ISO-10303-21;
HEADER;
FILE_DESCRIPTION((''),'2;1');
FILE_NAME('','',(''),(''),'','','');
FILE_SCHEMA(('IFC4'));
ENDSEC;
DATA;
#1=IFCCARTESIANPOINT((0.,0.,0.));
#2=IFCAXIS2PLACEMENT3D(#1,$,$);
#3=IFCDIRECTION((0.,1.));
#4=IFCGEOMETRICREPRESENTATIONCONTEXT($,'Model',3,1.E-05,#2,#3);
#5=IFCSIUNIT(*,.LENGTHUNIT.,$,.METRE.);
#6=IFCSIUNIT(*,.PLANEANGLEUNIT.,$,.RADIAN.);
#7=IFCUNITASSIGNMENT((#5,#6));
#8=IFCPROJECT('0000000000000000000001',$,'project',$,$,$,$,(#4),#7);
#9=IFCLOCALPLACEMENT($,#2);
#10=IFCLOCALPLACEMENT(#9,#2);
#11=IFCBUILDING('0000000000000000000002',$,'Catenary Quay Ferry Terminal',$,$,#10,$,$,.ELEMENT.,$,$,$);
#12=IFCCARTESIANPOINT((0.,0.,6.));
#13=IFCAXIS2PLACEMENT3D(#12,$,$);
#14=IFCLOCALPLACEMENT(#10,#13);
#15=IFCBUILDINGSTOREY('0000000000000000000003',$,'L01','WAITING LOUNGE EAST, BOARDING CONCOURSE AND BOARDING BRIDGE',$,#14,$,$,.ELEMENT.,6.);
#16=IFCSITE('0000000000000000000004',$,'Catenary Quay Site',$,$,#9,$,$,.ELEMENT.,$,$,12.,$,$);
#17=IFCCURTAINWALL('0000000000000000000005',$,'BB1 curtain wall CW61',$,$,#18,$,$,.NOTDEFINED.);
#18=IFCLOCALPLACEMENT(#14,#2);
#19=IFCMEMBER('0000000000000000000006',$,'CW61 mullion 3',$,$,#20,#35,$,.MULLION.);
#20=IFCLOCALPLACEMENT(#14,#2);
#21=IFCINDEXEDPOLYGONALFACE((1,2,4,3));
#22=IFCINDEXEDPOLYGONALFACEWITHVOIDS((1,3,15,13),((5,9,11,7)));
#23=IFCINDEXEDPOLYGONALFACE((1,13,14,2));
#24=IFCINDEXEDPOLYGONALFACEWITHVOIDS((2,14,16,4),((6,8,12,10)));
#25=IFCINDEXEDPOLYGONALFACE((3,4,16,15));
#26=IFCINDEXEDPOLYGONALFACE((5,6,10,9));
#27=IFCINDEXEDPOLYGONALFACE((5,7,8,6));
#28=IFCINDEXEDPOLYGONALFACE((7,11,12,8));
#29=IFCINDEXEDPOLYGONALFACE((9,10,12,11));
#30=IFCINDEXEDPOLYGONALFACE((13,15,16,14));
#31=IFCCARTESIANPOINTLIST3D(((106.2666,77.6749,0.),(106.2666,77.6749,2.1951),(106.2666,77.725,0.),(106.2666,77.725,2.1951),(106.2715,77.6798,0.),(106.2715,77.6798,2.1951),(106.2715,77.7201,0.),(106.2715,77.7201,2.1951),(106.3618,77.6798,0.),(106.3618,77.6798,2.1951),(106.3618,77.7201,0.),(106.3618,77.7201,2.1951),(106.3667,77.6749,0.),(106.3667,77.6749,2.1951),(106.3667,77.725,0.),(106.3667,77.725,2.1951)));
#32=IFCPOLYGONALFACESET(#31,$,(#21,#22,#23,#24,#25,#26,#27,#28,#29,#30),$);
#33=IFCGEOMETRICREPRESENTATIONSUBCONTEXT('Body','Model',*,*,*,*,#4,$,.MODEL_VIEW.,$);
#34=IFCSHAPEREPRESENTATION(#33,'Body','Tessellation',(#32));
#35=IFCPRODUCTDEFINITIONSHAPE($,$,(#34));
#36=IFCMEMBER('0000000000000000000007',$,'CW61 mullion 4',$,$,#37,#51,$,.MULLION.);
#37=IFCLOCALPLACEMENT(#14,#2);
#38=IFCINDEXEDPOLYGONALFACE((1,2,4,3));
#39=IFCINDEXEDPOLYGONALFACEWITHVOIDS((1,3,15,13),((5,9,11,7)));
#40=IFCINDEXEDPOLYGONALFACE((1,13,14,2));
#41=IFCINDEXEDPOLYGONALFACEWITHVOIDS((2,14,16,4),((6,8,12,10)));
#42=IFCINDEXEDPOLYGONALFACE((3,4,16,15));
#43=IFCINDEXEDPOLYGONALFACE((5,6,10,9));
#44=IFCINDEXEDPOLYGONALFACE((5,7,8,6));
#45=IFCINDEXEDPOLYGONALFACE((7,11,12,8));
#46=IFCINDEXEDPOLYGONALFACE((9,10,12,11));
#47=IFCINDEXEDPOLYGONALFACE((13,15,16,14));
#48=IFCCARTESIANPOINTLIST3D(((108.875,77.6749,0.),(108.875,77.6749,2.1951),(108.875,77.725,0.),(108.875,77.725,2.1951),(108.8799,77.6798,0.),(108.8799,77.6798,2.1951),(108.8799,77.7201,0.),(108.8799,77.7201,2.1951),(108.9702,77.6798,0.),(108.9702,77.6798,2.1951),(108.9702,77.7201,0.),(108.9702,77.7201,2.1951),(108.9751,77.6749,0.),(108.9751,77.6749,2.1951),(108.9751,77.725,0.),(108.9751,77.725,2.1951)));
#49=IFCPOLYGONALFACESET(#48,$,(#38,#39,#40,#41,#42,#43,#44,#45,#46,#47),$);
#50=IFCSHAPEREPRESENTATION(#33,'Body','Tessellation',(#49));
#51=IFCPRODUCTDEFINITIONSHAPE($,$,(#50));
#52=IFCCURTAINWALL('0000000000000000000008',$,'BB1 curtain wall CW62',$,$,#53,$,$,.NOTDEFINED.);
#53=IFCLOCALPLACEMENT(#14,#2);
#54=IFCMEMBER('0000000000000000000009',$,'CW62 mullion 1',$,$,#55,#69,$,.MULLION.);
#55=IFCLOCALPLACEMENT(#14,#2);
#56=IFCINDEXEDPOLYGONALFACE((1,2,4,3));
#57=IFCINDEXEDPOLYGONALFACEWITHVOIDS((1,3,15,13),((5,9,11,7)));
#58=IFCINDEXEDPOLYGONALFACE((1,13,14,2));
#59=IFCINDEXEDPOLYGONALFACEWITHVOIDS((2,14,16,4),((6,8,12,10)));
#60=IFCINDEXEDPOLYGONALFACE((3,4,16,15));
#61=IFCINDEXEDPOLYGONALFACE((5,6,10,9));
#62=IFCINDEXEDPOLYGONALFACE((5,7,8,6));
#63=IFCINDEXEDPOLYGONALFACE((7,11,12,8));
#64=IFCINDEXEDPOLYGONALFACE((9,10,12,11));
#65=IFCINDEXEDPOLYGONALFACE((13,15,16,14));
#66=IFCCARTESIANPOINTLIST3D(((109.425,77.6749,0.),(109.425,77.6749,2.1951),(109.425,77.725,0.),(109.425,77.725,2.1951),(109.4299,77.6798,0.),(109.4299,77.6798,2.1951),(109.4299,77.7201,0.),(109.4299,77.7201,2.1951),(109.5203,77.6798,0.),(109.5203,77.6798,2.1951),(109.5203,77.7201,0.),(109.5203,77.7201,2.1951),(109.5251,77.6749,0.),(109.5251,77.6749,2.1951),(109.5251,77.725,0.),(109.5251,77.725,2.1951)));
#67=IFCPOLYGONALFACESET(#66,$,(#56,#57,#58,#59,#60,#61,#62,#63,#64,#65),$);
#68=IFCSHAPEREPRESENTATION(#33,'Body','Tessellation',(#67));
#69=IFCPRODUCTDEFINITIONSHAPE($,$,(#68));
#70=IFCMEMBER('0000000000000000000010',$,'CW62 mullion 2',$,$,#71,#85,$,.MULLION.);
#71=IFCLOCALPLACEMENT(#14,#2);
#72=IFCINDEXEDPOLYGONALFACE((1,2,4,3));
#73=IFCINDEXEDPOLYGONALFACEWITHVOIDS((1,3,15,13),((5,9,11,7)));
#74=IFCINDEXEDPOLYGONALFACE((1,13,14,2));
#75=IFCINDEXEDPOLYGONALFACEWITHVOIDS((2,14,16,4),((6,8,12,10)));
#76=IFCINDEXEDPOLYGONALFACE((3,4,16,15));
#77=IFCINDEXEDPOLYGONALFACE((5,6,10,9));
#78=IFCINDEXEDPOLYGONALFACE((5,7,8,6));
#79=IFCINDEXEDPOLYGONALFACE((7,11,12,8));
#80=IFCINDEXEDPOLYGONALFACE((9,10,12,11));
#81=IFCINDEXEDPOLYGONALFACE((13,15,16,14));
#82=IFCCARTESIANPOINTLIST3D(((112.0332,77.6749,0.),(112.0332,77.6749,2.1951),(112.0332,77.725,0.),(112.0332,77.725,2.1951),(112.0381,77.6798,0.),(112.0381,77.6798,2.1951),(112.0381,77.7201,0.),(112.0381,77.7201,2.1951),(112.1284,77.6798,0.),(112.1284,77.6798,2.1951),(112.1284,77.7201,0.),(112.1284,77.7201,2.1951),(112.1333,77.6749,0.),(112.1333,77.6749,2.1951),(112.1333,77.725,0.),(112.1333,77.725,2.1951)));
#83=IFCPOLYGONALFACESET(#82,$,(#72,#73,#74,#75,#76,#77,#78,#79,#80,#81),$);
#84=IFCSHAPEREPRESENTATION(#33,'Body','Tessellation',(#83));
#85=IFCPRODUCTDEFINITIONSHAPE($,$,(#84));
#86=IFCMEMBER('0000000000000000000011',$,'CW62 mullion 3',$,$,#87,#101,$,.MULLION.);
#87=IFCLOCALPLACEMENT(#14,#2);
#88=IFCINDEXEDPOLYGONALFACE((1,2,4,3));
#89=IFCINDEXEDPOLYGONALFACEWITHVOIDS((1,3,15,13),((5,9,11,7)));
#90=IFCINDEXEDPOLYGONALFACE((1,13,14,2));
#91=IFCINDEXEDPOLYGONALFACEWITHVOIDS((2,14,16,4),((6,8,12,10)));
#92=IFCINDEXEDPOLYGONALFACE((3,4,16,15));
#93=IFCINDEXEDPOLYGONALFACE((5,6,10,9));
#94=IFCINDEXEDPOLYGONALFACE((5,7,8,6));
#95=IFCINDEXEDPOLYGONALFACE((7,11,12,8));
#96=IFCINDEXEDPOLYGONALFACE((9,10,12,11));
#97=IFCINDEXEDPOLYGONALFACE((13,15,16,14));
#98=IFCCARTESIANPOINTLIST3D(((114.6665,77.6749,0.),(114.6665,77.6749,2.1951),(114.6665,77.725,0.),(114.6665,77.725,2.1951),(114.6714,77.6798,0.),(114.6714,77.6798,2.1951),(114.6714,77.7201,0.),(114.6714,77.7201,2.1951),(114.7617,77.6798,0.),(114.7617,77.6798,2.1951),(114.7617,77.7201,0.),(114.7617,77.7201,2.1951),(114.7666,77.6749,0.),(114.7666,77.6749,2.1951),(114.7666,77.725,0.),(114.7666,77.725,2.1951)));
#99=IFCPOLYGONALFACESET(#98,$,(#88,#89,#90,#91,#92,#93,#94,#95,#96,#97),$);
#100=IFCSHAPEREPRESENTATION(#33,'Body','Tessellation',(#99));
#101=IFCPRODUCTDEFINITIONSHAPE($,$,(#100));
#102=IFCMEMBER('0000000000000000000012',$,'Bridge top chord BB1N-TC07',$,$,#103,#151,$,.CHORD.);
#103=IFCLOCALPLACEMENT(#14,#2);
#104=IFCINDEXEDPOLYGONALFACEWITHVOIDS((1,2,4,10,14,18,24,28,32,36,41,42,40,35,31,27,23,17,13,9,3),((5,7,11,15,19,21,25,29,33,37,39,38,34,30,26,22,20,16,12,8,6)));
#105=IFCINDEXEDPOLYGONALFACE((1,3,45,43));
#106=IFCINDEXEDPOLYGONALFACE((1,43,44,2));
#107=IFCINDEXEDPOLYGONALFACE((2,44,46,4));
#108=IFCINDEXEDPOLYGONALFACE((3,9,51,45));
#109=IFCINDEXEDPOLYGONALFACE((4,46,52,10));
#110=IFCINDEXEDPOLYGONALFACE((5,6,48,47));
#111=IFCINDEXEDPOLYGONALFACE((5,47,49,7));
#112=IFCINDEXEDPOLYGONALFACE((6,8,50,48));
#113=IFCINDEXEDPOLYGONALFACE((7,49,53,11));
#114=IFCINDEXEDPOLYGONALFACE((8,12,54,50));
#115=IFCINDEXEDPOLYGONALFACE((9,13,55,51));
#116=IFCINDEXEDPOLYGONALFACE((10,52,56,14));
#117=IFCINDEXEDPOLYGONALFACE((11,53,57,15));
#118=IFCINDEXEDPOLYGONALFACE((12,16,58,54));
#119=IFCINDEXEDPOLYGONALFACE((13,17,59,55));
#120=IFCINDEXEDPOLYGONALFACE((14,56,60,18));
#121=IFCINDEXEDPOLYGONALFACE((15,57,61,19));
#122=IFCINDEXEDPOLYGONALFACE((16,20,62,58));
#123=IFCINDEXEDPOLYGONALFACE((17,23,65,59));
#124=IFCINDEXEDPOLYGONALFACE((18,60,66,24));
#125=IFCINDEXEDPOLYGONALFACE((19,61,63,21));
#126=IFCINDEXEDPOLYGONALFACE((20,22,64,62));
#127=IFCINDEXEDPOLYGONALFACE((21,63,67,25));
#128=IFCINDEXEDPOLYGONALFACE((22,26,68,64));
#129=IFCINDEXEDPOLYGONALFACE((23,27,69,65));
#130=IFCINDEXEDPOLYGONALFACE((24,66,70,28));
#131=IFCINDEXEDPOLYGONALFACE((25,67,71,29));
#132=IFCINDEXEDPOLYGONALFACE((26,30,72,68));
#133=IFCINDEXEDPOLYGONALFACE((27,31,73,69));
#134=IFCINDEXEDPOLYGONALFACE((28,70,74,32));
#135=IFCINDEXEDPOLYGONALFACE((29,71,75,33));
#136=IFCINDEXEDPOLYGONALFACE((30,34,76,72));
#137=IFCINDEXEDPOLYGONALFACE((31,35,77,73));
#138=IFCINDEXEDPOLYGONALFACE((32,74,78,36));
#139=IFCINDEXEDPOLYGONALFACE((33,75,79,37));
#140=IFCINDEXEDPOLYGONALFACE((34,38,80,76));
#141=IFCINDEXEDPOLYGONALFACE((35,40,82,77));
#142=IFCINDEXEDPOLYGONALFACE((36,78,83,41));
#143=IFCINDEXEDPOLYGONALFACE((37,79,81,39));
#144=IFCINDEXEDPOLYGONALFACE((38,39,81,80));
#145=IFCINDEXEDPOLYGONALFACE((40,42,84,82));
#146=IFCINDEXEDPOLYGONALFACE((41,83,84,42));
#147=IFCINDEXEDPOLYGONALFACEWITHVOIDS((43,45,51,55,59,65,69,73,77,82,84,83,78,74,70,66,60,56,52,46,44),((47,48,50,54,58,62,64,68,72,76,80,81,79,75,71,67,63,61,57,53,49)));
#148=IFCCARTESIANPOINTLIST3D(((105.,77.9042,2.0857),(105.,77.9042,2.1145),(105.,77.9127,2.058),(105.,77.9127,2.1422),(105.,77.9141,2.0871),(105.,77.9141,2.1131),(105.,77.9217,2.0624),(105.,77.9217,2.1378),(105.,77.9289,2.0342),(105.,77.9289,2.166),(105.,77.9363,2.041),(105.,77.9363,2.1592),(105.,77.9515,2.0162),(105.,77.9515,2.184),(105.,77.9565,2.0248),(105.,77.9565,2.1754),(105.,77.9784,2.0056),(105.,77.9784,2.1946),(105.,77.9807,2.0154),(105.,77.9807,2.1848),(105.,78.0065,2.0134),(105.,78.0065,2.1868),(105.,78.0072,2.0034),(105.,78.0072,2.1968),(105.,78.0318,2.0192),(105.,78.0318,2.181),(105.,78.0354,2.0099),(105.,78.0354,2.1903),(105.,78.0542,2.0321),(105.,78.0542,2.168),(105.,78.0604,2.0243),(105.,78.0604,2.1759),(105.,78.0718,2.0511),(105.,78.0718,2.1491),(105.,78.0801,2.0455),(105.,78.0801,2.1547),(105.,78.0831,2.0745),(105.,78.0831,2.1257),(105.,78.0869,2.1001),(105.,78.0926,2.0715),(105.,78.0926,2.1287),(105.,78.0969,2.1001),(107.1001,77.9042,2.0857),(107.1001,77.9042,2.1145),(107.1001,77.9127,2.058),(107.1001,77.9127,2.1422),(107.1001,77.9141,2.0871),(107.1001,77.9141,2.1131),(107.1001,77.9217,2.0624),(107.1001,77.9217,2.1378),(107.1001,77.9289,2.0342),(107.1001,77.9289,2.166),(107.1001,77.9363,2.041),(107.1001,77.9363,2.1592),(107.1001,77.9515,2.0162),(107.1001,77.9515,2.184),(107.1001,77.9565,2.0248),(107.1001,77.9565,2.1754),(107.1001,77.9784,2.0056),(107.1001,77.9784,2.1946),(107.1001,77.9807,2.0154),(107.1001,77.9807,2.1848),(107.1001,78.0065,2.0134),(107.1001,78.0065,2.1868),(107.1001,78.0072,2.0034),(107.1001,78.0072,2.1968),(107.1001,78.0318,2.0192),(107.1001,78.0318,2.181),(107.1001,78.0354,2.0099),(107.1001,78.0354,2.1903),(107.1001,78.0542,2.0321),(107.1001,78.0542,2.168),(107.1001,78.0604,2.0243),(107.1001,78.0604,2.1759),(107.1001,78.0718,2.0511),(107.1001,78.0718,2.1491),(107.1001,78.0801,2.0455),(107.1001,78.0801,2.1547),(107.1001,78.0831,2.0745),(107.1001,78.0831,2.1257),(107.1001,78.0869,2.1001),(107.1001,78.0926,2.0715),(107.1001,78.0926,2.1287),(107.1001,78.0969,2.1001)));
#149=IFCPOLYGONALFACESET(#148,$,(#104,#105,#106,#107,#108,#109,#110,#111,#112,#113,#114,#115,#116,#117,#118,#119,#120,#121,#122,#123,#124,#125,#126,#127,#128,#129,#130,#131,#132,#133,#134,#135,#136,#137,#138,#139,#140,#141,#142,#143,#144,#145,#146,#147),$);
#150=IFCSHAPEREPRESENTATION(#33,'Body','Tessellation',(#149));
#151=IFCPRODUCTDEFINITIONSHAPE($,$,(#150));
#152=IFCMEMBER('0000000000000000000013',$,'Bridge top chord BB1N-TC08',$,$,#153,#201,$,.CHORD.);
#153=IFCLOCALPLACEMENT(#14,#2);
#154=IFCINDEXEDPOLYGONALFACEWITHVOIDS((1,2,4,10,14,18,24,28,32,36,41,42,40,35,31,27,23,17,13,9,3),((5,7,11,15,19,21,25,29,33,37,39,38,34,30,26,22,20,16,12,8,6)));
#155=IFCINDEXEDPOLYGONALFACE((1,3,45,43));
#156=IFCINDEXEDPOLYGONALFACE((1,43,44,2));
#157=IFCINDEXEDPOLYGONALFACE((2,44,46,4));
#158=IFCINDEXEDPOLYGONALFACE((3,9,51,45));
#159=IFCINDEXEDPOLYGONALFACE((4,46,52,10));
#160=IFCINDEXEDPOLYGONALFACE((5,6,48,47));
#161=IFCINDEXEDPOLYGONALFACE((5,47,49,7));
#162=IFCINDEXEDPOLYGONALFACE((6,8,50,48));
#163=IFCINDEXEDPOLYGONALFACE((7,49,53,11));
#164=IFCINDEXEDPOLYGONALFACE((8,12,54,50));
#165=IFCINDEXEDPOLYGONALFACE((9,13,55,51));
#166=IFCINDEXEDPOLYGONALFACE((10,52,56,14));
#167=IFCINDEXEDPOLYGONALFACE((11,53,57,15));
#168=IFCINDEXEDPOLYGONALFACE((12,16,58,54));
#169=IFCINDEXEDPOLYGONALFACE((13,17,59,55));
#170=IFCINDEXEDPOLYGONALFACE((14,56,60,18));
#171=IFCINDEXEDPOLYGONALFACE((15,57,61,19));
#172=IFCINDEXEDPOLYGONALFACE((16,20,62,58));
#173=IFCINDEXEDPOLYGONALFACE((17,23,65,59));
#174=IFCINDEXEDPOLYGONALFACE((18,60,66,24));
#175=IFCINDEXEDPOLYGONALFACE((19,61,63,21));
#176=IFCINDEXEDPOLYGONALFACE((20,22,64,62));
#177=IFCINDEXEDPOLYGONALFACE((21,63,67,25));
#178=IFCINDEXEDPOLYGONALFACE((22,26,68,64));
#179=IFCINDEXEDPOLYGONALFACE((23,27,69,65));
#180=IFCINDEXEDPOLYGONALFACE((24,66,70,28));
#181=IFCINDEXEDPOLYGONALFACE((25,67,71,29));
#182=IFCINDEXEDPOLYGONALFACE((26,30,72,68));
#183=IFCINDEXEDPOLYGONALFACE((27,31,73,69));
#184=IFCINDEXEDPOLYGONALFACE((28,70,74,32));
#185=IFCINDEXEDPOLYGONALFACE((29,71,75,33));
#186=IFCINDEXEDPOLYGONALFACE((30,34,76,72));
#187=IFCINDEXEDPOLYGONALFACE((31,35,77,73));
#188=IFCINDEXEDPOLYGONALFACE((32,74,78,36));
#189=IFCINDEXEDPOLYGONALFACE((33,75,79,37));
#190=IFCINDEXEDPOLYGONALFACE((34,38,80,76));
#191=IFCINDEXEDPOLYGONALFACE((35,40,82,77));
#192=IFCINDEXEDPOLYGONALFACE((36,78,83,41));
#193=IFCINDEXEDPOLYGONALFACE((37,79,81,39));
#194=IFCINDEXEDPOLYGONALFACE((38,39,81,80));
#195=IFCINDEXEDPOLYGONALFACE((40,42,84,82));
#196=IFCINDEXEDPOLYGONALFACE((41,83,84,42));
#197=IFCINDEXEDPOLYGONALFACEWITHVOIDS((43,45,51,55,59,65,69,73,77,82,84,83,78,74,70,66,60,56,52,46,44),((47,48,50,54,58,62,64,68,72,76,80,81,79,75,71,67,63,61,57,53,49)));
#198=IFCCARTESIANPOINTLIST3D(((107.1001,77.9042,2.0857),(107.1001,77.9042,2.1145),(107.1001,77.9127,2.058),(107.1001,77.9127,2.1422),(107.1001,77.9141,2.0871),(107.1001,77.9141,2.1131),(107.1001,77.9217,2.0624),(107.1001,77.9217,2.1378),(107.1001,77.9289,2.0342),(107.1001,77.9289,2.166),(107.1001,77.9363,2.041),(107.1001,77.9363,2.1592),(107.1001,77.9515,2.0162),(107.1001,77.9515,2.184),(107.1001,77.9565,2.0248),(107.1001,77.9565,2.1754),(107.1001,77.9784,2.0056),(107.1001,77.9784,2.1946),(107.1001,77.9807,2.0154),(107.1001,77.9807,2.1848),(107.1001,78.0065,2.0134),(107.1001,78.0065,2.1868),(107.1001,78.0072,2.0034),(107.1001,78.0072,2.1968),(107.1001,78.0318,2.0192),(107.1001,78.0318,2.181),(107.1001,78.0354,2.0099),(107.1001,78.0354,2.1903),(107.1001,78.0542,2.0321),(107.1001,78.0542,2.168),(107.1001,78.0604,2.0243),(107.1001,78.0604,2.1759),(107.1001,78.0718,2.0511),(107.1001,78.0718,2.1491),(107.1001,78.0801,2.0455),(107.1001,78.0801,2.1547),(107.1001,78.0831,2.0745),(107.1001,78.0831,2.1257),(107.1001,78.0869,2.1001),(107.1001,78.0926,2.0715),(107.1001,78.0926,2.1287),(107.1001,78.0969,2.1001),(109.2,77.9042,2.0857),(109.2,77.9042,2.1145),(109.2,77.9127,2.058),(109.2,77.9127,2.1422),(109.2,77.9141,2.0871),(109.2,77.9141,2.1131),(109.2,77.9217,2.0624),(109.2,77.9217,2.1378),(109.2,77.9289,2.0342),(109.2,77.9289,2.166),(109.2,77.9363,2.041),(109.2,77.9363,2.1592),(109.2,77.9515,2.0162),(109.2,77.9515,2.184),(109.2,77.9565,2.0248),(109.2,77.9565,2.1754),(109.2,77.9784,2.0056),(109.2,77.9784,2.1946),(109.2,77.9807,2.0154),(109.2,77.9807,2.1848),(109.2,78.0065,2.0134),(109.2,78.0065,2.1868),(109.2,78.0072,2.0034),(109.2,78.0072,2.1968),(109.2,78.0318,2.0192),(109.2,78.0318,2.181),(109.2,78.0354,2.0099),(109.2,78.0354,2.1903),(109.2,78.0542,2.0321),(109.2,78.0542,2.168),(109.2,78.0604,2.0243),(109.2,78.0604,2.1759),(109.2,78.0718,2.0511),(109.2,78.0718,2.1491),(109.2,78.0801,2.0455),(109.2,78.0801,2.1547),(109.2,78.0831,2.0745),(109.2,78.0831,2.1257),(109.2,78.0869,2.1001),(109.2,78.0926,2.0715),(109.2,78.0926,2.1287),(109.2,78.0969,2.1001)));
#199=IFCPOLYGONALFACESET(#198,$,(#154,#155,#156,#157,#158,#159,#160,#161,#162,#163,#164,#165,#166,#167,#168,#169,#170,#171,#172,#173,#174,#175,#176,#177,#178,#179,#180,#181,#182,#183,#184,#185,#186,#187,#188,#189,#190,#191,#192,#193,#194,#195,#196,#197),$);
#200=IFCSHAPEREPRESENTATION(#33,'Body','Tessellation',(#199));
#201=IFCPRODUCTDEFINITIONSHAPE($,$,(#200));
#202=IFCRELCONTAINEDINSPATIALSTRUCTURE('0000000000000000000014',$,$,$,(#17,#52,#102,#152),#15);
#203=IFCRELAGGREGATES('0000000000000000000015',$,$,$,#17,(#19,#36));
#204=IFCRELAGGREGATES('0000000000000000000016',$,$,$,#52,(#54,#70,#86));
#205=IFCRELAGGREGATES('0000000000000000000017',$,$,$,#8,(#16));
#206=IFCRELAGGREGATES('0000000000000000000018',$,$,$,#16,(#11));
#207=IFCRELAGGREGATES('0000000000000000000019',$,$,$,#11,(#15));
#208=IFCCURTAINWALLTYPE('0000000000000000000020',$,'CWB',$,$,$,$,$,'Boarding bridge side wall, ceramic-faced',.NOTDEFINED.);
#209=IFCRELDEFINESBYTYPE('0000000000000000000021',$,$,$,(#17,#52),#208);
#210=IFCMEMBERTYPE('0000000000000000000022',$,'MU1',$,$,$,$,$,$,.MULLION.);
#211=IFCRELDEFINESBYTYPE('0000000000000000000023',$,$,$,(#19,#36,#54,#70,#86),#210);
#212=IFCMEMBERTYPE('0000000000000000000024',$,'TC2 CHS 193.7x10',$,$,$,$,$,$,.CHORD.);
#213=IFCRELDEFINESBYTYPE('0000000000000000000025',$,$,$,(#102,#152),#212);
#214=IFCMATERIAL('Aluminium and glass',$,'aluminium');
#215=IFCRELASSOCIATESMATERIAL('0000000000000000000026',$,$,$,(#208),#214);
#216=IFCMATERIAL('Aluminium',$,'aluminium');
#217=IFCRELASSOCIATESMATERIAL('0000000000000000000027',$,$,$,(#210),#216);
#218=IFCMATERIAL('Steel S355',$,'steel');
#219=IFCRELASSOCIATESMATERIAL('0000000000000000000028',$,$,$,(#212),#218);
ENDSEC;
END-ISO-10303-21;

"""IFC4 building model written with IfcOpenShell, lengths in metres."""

from ifc_helpers import new_model, si_unit, direction, frame, origin, origin_2d, place, context, subcontext, project, spatial, hollow_rectangle, hollow_circle, extrude, material, material_profile, profile_set, type_object, element, aggregate, save


model = new_model("IFC4")

# Units and contexts
model_context = context("Model", 3, precision=1e-05, world=origin(), true_north=direction((0.0, 1.0)))
body_context = subcontext(model_context, "Body", "Model", "MODEL_VIEW")
ifc_project = project(units=[si_unit("LENGTHUNIT", "METRE"), si_unit("PLANEANGLEUNIT", "RADIAN")], contexts=[model_context])

# Site, building, storey
site_placement = place(None, origin())
site = spatial("IfcSite", under=ifc_project, at=site_placement, Name="Catenary Quay Site", CompositionType="ELEMENT", RefElevation=12.0)
building_placement = place(site_placement, origin())
building = spatial("IfcBuilding", under=site, at=building_placement, Name="Catenary Quay Ferry Terminal", CompositionType="ELEMENT")
storey_placement = place(building_placement, frame((0.0, 0.0, 6.0)))
storey = spatial("IfcBuildingStorey", under=building, at=storey_placement, Name="L01", Description="WAITING LOUNGE EAST, BOARDING CONCOURSE AND BOARDING BRIDGE", CompositionType="ELEMENT", Elevation=6.0)

# Curtain walls, members
ifc_material_1 = material(Name="Aluminium and glass", Category="aluminium")
curtain_wall_type = type_object("IfcCurtainWallType", Name="CWB", ElementType="Boarding bridge side wall, ceramic-faced", PredefinedType="NOTDEFINED", material=ifc_material_1)
curtain_wall_1_placement = place(storey_placement, origin())
curtain_wall_1 = element("IfcCurtainWall", 1, at=curtain_wall_1_placement, inside=storey, type_object=curtain_wall_type, Name="BB1 curtain wall CW61", PredefinedType="NOTDEFINED")
ifc_material_2 = material(Name="Aluminium", Category="aluminium")
ifc_material_profile_1 = material_profile(ifc_material_2, hollow_rectangle(XDim=0.05, YDim=0.1001, WallThickness=0.0049, at=origin_2d()), Name="MU1")
ifc_profile_set_1 = profile_set([ifc_material_profile_1], Name="Aluminium")
member_type_1 = type_object("IfcMemberType", Name="MU1", PredefinedType="MULLION", material=ifc_profile_set_1)
member_1_placement = place(storey_placement, frame((106.3167, 77.7, 0.0), z_axis=(0.0, 0.0, 1.0), x_axis=(0.0, 1.0, 0.0)))
member_1 = element("IfcMember", 2, at=member_1_placement, type_object=member_type_1, Name="CW61 mullion 3", PredefinedType="MULLION", context=body_context, shape_type="SweptSolid", body=[
    extrude(hollow_rectangle(XDim=0.05, YDim=0.1001, WallThickness=0.0049, at=origin_2d()), origin(), (0.0, 0.0, 1.0), 2.1951),
])
member_2_placement = place(storey_placement, frame((108.925, 77.7, 0.0), z_axis=(0.0, 0.0, 1.0), x_axis=(0.0, 1.0, 0.0)))
member_2 = element("IfcMember", 3, at=member_2_placement, type_object=member_type_1, Name="CW61 mullion 4", PredefinedType="MULLION", context=body_context, shape_type="SweptSolid", body=[
    extrude(hollow_rectangle(XDim=0.05, YDim=0.1001, WallThickness=0.0049, at=origin_2d()), origin(), (0.0, 0.0, 1.0), 2.1951),
])
curtain_wall_2_placement = place(storey_placement, origin())
curtain_wall_2 = element("IfcCurtainWall", 4, at=curtain_wall_2_placement, inside=storey, type_object=curtain_wall_type, Name="BB1 curtain wall CW62", PredefinedType="NOTDEFINED")
member_3_placement = place(storey_placement, frame((109.4751, 77.7, 0.0), z_axis=(0.0, 0.0, 1.0), x_axis=(0.0, 1.0, 0.0)))
member_3 = element("IfcMember", 5, at=member_3_placement, type_object=member_type_1, Name="CW62 mullion 1", PredefinedType="MULLION", context=body_context, shape_type="SweptSolid", body=[
    extrude(hollow_rectangle(XDim=0.05, YDim=0.1001, WallThickness=0.0049, at=origin_2d()), origin(), (0.0, 0.0, 1.0), 2.1951),
])
member_4_placement = place(storey_placement, frame((112.0833, 77.7, 0.0), z_axis=(0.0, 0.0, 1.0), x_axis=(0.0, 1.0, 0.0)))
member_4 = element("IfcMember", 6, at=member_4_placement, type_object=member_type_1, Name="CW62 mullion 2", PredefinedType="MULLION", context=body_context, shape_type="SweptSolid", body=[
    extrude(hollow_rectangle(XDim=0.05, YDim=0.1001, WallThickness=0.0049, at=origin_2d()), origin(), (0.0, 0.0, 1.0), 2.1951),
])
member_5_placement = place(storey_placement, frame((114.7166, 77.7, 0.0), z_axis=(0.0, 0.0, 1.0), x_axis=(0.0, 1.0, 0.0)))
member_5 = element("IfcMember", 7, at=member_5_placement, type_object=member_type_1, Name="CW62 mullion 3", PredefinedType="MULLION", context=body_context, shape_type="SweptSolid", body=[
    extrude(hollow_rectangle(XDim=0.05, YDim=0.1001, WallThickness=0.0049, at=origin_2d()), origin(), (0.0, 0.0, 1.0), 2.1951),
])

# Members
ifc_material_3 = material(Name="Steel S355", Category="steel")
ifc_material_profile_2 = material_profile(ifc_material_3, hollow_circle(Radius=0.0969, WallThickness=0.01, at=origin_2d()), Name="CHS 193.7x10")
ifc_profile_set_2 = profile_set([ifc_material_profile_2], Name="Steel S355")
member_type_2 = type_object("IfcMemberType", Name="TC2 CHS 193.7x10", PredefinedType="CHORD", material=ifc_profile_set_2)
member_6_placement = place(storey_placement, frame((105.0, 78.0, 2.1001), z_axis=(1.0, 0.0, 0.0), x_axis=(0.0, 1.0, 0.0)))
element("IfcMember", 8, at=member_6_placement, inside=storey, type_object=member_type_2, Name="Bridge top chord BB1N-TC07", PredefinedType="CHORD", context=body_context, shape_type="SweptSolid", body=[
    extrude(hollow_circle(Radius=0.0969, WallThickness=0.01, at=origin_2d()), origin(), (0.0, 0.0, 1.0), 2.1001),
])
member_7_placement = place(storey_placement, frame((107.1001, 78.0, 2.1001), z_axis=(1.0, 0.0, 0.0), x_axis=(0.0, 1.0, 0.0)))
element("IfcMember", 9, at=member_7_placement, inside=storey, type_object=member_type_2, Name="Bridge top chord BB1N-TC08", PredefinedType="CHORD", context=body_context, shape_type="SweptSolid", body=[
    extrude(hollow_circle(Radius=0.0969, WallThickness=0.01, at=origin_2d()), origin(), (0.0, 0.0, 1.0), 2.0999),
])

aggregate(curtain_wall_1, [member_1, member_2])
aggregate(curtain_wall_2, [member_3, member_4, member_5])

save(model, "model.ifc")
